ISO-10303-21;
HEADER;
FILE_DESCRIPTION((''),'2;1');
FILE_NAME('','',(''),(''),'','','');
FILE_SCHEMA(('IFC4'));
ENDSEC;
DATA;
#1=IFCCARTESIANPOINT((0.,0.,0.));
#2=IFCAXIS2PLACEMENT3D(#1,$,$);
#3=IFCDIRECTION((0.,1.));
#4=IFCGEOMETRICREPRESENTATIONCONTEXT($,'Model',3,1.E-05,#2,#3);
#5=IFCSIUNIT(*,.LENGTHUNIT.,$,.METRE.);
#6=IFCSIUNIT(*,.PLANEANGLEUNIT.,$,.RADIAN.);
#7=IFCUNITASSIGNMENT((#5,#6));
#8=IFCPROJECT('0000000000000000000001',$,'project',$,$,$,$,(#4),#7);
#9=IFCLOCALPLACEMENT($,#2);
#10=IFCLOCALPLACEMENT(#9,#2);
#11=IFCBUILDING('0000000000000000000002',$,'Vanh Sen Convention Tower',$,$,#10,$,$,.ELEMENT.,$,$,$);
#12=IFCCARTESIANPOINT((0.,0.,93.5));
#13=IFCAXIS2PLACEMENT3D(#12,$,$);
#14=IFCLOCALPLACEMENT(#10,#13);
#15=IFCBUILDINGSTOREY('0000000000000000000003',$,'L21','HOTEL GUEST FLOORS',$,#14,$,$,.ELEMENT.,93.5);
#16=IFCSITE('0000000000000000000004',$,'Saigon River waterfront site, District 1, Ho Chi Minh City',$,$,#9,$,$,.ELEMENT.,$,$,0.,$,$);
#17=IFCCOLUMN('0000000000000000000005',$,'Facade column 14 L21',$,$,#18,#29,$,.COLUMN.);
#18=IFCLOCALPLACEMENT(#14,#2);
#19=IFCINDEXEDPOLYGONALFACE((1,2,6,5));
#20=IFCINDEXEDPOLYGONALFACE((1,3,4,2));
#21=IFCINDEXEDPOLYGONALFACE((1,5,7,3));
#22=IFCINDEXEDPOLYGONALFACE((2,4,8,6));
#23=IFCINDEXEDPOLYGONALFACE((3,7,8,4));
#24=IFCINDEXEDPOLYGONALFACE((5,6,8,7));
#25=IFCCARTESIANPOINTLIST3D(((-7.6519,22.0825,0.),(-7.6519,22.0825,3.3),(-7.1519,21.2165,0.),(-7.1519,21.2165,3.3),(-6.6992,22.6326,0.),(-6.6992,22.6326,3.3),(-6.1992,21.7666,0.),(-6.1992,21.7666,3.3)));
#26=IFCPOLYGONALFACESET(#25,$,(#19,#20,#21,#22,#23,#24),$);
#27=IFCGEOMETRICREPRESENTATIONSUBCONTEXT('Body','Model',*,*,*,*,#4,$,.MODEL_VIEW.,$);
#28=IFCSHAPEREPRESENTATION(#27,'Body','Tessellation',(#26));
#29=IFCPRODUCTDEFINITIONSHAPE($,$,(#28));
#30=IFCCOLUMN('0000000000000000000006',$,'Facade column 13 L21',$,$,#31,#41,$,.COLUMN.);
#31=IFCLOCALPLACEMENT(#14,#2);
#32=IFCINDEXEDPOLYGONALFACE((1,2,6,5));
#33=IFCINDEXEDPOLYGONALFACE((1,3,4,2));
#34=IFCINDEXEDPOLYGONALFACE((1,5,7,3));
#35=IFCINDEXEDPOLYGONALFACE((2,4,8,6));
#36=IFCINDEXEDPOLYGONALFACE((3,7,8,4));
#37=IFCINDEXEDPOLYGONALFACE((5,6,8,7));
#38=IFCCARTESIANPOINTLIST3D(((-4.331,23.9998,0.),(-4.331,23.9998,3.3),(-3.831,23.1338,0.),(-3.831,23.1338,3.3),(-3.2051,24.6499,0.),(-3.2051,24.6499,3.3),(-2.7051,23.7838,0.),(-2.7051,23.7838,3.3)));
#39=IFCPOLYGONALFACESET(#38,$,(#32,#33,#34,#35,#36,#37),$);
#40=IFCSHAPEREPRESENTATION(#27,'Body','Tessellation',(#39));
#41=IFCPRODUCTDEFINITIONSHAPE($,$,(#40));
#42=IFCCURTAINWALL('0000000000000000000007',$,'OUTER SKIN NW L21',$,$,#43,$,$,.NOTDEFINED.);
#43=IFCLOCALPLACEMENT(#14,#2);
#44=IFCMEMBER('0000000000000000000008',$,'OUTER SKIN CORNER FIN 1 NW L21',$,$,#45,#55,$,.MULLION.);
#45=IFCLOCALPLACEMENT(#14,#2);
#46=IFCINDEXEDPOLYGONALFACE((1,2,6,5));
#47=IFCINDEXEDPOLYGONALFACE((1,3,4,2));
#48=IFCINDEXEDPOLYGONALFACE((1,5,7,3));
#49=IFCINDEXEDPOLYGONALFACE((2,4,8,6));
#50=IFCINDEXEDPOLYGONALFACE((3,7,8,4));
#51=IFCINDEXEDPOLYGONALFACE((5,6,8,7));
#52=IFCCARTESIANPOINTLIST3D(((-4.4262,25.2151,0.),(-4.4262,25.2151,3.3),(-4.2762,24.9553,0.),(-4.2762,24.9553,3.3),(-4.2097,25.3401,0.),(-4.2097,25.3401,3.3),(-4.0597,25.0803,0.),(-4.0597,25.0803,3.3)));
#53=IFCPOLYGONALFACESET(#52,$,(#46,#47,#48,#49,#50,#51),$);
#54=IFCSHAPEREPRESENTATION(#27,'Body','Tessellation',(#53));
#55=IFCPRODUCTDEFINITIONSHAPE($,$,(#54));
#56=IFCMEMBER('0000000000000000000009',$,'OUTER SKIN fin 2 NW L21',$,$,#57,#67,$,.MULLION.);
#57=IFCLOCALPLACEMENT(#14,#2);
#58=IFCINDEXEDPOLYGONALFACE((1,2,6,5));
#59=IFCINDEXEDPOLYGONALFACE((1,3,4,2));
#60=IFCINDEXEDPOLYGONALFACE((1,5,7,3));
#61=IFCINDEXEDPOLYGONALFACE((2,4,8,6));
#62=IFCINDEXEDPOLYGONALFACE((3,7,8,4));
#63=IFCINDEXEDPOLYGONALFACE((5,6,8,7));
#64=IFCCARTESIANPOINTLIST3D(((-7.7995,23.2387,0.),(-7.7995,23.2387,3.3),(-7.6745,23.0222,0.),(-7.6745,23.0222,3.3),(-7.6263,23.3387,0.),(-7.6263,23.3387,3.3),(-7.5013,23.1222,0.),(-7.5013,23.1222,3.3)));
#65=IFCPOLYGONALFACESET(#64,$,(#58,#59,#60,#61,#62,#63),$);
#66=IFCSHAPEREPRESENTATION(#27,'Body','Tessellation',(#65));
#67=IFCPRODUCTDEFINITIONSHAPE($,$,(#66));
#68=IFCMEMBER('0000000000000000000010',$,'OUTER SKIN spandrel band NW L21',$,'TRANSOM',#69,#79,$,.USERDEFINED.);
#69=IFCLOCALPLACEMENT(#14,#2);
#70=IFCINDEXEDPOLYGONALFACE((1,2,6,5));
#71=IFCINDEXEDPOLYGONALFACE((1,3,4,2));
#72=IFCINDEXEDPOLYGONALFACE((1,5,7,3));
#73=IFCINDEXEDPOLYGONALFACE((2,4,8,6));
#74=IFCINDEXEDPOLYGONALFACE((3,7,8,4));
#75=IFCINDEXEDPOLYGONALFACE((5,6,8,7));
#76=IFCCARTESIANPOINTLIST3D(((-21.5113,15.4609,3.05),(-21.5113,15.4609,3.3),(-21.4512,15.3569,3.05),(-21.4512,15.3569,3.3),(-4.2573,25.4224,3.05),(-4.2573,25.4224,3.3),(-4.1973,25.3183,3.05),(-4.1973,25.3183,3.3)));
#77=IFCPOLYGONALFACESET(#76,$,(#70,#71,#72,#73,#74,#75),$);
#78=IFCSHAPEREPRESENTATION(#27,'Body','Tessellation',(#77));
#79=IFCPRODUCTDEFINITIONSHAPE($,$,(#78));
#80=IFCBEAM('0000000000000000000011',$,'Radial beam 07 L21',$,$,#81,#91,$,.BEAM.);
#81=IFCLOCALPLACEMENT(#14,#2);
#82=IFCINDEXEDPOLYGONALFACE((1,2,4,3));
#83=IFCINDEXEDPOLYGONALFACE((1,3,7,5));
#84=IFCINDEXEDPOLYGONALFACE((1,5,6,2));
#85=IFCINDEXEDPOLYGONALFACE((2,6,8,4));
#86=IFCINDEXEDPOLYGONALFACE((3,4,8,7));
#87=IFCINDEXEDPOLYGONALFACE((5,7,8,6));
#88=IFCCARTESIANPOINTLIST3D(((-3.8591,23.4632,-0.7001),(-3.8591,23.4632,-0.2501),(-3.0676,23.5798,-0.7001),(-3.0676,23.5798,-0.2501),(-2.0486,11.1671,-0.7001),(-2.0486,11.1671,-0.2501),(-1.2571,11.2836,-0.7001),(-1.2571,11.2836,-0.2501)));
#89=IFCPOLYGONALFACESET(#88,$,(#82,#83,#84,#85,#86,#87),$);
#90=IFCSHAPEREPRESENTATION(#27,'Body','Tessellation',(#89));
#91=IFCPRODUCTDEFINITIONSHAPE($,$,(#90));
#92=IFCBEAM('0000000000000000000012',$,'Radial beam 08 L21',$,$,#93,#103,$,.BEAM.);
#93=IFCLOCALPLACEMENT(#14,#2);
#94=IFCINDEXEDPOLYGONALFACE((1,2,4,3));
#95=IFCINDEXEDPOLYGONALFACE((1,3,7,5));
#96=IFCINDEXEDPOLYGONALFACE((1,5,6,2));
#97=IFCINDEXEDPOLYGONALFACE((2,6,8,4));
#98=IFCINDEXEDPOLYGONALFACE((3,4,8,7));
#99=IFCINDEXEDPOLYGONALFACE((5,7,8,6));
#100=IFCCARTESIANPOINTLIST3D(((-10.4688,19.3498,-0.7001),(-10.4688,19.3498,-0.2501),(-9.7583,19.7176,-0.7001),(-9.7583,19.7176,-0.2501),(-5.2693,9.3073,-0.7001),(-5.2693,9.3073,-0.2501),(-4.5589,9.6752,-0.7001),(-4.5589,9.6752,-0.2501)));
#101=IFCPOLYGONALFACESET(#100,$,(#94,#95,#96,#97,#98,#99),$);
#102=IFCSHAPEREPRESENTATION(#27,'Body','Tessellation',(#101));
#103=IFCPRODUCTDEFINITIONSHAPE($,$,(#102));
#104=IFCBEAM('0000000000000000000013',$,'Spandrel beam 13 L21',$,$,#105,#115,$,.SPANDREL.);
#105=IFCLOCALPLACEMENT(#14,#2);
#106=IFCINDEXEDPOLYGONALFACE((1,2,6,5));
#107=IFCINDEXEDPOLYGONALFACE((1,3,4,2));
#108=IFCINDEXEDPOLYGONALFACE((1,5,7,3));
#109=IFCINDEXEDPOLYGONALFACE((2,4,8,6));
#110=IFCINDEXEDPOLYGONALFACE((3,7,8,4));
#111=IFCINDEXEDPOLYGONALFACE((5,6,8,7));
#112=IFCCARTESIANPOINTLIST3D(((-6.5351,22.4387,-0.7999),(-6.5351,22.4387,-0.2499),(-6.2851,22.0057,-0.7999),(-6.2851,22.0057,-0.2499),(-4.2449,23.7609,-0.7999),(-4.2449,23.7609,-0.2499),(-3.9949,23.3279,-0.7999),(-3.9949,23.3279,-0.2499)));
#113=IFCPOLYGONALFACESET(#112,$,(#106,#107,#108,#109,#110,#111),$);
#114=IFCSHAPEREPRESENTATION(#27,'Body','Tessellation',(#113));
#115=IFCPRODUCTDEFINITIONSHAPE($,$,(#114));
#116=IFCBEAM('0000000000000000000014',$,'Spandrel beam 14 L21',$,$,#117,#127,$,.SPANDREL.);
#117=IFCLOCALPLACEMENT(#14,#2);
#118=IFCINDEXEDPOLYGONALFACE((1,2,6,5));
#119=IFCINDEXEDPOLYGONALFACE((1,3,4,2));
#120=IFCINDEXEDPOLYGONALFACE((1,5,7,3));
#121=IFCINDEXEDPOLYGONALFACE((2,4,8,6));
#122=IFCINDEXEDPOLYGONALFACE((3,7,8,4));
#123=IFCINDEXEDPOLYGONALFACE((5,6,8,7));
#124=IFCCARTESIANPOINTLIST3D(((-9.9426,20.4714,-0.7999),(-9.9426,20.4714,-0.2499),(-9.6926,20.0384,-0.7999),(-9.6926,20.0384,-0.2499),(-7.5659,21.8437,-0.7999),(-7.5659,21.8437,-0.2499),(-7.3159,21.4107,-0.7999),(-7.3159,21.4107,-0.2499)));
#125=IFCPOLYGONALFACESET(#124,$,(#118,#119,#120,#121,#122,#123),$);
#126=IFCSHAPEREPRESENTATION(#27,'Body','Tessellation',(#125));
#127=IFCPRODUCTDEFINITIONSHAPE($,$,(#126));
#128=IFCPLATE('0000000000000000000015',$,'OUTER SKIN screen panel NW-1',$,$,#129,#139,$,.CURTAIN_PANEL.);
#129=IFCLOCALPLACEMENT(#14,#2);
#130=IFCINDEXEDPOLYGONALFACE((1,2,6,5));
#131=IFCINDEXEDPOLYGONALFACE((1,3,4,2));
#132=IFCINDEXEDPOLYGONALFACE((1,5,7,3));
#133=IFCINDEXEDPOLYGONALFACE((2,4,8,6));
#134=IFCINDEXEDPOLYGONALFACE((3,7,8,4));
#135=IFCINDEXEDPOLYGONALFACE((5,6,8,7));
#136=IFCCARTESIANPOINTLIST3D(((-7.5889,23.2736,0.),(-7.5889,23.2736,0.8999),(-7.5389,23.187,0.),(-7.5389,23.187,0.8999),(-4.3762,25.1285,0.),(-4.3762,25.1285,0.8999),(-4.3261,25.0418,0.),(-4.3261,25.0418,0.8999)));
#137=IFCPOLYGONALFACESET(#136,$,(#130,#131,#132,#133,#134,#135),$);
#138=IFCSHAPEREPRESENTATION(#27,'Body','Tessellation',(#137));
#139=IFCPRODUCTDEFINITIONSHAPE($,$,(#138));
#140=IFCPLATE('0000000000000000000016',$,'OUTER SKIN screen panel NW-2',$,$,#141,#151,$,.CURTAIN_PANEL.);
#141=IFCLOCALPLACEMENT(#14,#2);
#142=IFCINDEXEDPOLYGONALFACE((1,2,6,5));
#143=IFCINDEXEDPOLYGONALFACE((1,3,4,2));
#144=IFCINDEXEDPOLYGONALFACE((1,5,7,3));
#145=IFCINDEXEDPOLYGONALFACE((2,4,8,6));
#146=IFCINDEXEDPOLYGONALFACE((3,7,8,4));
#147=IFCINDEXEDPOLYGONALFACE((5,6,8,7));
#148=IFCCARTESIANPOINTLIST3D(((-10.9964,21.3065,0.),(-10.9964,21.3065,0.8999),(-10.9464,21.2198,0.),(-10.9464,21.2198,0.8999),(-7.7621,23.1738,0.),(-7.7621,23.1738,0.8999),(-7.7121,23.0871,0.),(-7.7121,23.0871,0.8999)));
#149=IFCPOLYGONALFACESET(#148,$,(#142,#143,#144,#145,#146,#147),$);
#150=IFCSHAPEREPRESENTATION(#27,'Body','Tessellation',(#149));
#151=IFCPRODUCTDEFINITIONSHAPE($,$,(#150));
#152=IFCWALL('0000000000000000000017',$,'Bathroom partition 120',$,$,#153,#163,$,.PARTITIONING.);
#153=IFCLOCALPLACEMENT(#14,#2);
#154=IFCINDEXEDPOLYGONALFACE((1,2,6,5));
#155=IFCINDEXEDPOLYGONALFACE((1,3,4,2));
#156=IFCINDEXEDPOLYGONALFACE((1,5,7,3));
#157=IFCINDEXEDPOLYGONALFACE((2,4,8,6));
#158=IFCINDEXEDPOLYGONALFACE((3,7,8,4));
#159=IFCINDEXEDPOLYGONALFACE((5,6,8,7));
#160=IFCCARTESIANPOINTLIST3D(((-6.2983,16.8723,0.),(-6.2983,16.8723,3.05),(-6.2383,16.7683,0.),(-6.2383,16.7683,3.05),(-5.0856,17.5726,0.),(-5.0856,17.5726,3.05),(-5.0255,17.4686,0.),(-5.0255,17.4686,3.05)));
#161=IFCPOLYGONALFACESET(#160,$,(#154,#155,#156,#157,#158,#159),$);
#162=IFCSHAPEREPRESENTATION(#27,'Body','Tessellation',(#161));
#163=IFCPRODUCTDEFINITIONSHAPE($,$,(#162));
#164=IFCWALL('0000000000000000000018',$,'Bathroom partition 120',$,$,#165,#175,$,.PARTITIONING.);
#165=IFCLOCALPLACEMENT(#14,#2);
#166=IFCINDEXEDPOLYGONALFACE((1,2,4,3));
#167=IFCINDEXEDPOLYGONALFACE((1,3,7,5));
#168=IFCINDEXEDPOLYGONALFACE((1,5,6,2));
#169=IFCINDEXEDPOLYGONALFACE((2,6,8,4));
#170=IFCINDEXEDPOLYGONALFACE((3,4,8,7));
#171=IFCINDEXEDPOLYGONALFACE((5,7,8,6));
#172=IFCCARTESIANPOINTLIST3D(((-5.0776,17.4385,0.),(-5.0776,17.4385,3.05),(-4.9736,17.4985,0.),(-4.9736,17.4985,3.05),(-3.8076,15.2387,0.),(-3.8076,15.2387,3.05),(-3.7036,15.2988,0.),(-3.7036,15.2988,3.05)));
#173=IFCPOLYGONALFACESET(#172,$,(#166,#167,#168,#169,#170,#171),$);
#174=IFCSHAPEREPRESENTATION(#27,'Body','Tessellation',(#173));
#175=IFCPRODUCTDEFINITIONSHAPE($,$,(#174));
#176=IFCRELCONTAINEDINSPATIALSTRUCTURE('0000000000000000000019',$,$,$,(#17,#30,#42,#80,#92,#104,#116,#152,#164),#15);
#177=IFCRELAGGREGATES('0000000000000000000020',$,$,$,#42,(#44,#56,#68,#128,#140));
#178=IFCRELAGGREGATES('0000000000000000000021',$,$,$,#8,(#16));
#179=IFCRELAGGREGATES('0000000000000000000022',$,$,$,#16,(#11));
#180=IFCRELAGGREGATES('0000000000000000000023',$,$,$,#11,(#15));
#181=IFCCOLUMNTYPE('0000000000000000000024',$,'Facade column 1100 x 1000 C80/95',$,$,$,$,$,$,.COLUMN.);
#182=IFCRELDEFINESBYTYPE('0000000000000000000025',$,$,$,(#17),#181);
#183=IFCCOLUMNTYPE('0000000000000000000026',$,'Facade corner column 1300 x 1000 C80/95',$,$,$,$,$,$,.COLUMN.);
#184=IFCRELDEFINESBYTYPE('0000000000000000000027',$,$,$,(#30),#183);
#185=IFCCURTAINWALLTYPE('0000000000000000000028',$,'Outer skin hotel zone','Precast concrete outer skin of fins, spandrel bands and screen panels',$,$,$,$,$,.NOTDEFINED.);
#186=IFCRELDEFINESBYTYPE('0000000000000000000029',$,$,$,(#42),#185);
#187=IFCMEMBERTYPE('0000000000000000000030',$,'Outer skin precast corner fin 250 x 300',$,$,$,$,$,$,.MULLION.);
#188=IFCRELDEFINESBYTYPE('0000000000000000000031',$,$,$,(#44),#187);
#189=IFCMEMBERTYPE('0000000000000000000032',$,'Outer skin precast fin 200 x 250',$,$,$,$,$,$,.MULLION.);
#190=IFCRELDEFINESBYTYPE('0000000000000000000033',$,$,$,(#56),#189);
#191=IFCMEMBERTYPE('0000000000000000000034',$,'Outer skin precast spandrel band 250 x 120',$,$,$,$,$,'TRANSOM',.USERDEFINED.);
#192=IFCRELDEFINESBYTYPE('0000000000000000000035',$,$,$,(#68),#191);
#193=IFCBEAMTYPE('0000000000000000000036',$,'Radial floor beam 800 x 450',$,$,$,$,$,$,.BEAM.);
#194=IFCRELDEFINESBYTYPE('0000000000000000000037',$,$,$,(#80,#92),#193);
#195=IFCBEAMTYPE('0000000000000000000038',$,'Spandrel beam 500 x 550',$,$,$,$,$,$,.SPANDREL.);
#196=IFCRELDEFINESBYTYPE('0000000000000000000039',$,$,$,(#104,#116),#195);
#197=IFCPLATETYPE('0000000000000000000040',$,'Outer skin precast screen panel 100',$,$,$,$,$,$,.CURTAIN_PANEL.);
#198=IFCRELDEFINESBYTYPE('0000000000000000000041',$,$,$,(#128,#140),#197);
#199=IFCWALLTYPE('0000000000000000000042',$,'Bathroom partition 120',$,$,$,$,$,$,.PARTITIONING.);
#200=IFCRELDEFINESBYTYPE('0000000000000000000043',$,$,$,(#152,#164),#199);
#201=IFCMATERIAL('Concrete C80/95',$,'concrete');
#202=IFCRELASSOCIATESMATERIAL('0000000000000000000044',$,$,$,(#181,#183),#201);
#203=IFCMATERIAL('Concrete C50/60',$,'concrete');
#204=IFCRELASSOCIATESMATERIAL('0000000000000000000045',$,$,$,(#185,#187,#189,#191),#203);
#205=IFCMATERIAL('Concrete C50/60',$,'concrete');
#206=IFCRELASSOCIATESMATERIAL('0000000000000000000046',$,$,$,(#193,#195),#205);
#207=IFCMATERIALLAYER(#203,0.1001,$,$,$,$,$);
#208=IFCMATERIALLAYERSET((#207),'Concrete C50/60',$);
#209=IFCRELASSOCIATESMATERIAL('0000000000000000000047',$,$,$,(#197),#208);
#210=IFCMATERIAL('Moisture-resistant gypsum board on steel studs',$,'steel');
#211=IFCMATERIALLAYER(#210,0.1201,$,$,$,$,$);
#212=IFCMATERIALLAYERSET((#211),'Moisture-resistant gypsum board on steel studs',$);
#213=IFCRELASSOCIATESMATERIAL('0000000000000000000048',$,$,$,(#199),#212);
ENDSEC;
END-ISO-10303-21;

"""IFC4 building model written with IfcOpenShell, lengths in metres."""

from ifc_helpers import new_model, si_unit, direction, frame, frame_2d, origin, origin_2d, place, context, subcontext, project, spatial, rectangle, extrude, material, layer, layer_set, material_profile, profile_set, type_object, element, aggregate, save


model = new_model("IFC4")

# Units and contexts
model_context = context("Model", 3, precision=1e-05, world=origin(), true_north=direction((0.0, 1.0)))
body_context = subcontext(model_context, "Body", "Model", "MODEL_VIEW")
ifc_project = project(units=[si_unit("LENGTHUNIT", "METRE"), si_unit("PLANEANGLEUNIT", "RADIAN")], contexts=[model_context])

# Site, building, storey
site_placement = place(None, origin())
site = spatial("IfcSite", under=ifc_project, at=site_placement, Name="Saigon River waterfront site, District 1, Ho Chi Minh City", CompositionType="ELEMENT", RefElevation=0.0)
building_placement = place(site_placement, origin())
building = spatial("IfcBuilding", under=site, at=building_placement, Name="Vanh Sen Convention Tower", CompositionType="ELEMENT")
storey_placement = place(building_placement, frame((0.0, 0.0, 93.5)))
storey = spatial("IfcBuildingStorey", under=building, at=storey_placement, Name="L21", Description="HOTEL GUEST FLOORS", CompositionType="ELEMENT", Elevation=93.5)

# Columns
ifc_material_1 = material(Name="Concrete C80/95", Category="concrete")
ifc_material_profile_1 = material_profile(ifc_material_1, rectangle(XDim=1.1001, YDim=1.0, at=origin_2d()), Name="RC 1100X1000")
ifc_profile_set_1 = profile_set([ifc_material_profile_1], Name="Concrete C80/95")
column_type_1 = type_object("IfcColumnType", Name="Facade column 1100 x 1000 C80/95", PredefinedType="COLUMN", material=ifc_profile_set_1)
column_1_placement = place(storey_placement, frame((-6.9255, 21.9246, 0.0), z_axis=(0.0, 0.0, 1.0), x_axis=(-0.866025, -0.5, 0.0)))
element("IfcColumn", 1, at=column_1_placement, inside=storey, type_object=column_type_1, Name="Facade column 14 L21", PredefinedType="COLUMN", context=body_context, shape_type="SweptSolid", body=[
    extrude(rectangle(XDim=1.1001, YDim=1.0, at=origin_2d()), origin(), (0.0, 0.0, 1.0), 3.3),
])
ifc_material_profile_2 = material_profile(ifc_material_1, rectangle(XDim=1.3, YDim=1.0, at=origin_2d()), Name="RC 1300X1000")
ifc_profile_set_2 = profile_set([ifc_material_profile_2], Name="Concrete C80/95")
column_type_2 = type_object("IfcColumnType", Name="Facade corner column 1300 x 1000 C80/95", PredefinedType="COLUMN", material=ifc_profile_set_2)
column_2_placement = place(storey_placement, frame((-3.5181, 23.8918, 0.0), z_axis=(0.0, 0.0, 1.0), x_axis=(-0.866025, -0.5, 0.0)))
element("IfcColumn", 2, at=column_2_placement, inside=storey, type_object=column_type_2, Name="Facade column 13 L21", PredefinedType="COLUMN", context=body_context, shape_type="SweptSolid", body=[
    extrude(rectangle(XDim=1.3, YDim=1.0, at=origin_2d()), origin(), (0.0, 0.0, 1.0), 3.3),
])

# Curtain wall, members
ifc_material_2 = material(Name="Concrete C50/60", Category="concrete")
curtain_wall_type = type_object("IfcCurtainWallType", Name="Outer skin hotel zone", Description="Precast concrete outer skin of fins, spandrel bands and screen panels", PredefinedType="NOTDEFINED", material=ifc_material_2)
curtain_wall_placement = place(storey_placement, origin())
curtain_wall = element("IfcCurtainWall", 3, at=curtain_wall_placement, inside=storey, type_object=curtain_wall_type, Name="OUTER SKIN NW L21", PredefinedType="NOTDEFINED")
ifc_material_profile_3 = material_profile(ifc_material_2, rectangle(XDim=0.25, YDim=0.3, at=origin_2d()), Name="Outer skin precast corner fin 250 x 300")
ifc_profile_set_3 = profile_set([ifc_material_profile_3], Name="Concrete C50/60")
member_type_1 = type_object("IfcMemberType", Name="Outer skin precast corner fin 250 x 300", PredefinedType="MULLION", material=ifc_profile_set_3)
member_1_placement = place(storey_placement, frame((-4.2429, 25.1477, 0.0), z_axis=(0.0, 0.0, 1.0), x_axis=(-0.866025, -0.5, 0.0)))
member_1 = element("IfcMember", 4, at=member_1_placement, type_object=member_type_1, Name="OUTER SKIN CORNER FIN 1 NW L21", PredefinedType="MULLION", context=body_context, shape_type="SweptSolid", body=[
    extrude(rectangle(XDim=0.25, YDim=0.3, at=origin_2d()), origin(), (0.0, 0.0, 1.0), 3.3),
])
ifc_material_profile_4 = material_profile(ifc_material_2, rectangle(XDim=0.2, YDim=0.25, at=origin_2d()), Name="Outer skin precast fin 200 x 250")
ifc_profile_set_4 = profile_set([ifc_material_profile_4], Name="Concrete C50/60")
member_type_2 = type_object("IfcMemberType", Name="Outer skin precast fin 200 x 250", PredefinedType="MULLION", material=ifc_profile_set_4)
member_2_placement = place(storey_placement, frame((-7.6504, 23.1804, 0.0), z_axis=(0.0, 0.0, 1.0), x_axis=(-0.866025, -0.5, 0.0)))
member_2 = element("IfcMember", 5, at=member_2_placement, type_object=member_type_2, Name="OUTER SKIN fin 2 NW L21", PredefinedType="MULLION", context=body_context, shape_type="SweptSolid", body=[
    extrude(rectangle(XDim=0.2, YDim=0.25, at=origin_2d()), origin(), (0.0, 0.0, 1.0), 3.3),
])
ifc_material_profile_5 = material_profile(ifc_material_2, rectangle(XDim=0.1201, YDim=0.25, at=origin_2d()), Name="Outer skin precast spandrel band 250 x 120")
ifc_profile_set_5 = profile_set([ifc_material_profile_5], Name="Concrete C50/60")
member_type_3 = type_object("IfcMemberType", Name="Outer skin precast spandrel band 250 x 120", ElementType="TRANSOM", PredefinedType="USERDEFINED", material=ifc_profile_set_5)
member_3_placement = place(storey_placement, frame((-4.2273, 25.3704, 3.175), z_axis=(-0.866028, -0.499995, 0.0), x_axis=(0.499995, -0.866028, 0.0)))
member_3 = element("IfcMember", 6, at=member_3_placement, type_object=member_type_3, Name="OUTER SKIN spandrel band NW L21", ObjectType="TRANSOM", PredefinedType="USERDEFINED", context=body_context, shape_type="SweptSolid", body=[
    extrude(rectangle(XDim=0.1201, YDim=0.25, at=origin_2d()), origin(), (0.0, 0.0, 1.0), 19.9231),
])

# Beams
ifc_material_3 = material(Name="Concrete C50/60", Category="concrete")
ifc_material_profile_6 = material_profile(ifc_material_3, rectangle(XDim=0.8, YDim=0.45, at=origin_2d()), Name="RC 800X450")
ifc_profile_set_6 = profile_set([ifc_material_profile_6], Name="Concrete C50/60")
beam_type_1 = type_object("IfcBeamType", Name="Radial floor beam 800 x 450", PredefinedType="BEAM", material=ifc_profile_set_6)
beam_1_placement = place(storey_placement, frame((-3.4634, 23.5215, -0.4751), z_axis=(0.145674, -0.989333, 0.0), x_axis=(0.989333, 0.145674, 0.0)))
element("IfcBeam", 7, at=beam_1_placement, inside=storey, type_object=beam_type_1, Name="Radial beam 07 L21", PredefinedType="BEAM", context=body_context, shape_type="SweptSolid", body=[
    extrude(rectangle(XDim=0.8, YDim=0.45, at=origin_2d()), origin(), (0.0, 0.0, 1.0), 12.4287),
])
beam_2_placement = place(storey_placement, frame((-10.1135, 19.5337, -0.4751), z_axis=(0.459777, -0.888034, 0.0), x_axis=(0.888034, 0.459777, 0.0)))
element("IfcBeam", 8, at=beam_2_placement, inside=storey, type_object=beam_type_1, Name="Radial beam 08 L21", PredefinedType="BEAM", context=body_context, shape_type="SweptSolid", body=[
    extrude(rectangle(XDim=0.8, YDim=0.45, at=origin_2d()), origin(), (0.0, 0.0, 1.0), 11.3086),
])
ifc_material_profile_7 = material_profile(ifc_material_3, rectangle(XDim=0.5, YDim=0.55, at=origin_2d()), Name="RC 500X550")
ifc_profile_set_7 = profile_set([ifc_material_profile_7], Name="Concrete C50/60")
beam_type_2 = type_object("IfcBeamType", Name="Spandrel beam 500 x 550", PredefinedType="SPANDREL", material=ifc_profile_set_7)
beam_3_placement = place(storey_placement, frame((-4.1199, 23.5444, -0.5249), z_axis=(-0.86603, -0.499991, 0.0), x_axis=(0.499991, -0.86603, 0.0)))
element("IfcBeam", 9, at=beam_3_placement, inside=storey, type_object=beam_type_2, Name="Spandrel beam 13 L21", PredefinedType="SPANDREL", context=body_context, shape_type="SweptSolid", body=[
    extrude(rectangle(XDim=0.5, YDim=0.55, at=origin_2d()), origin(), (0.0, 0.0, 1.0), 2.6445),
])
beam_4_placement = place(storey_placement, frame((-7.4409, 21.6272, -0.5249), z_axis=(-0.866006, -0.500033, 0.0), x_axis=(0.500033, -0.866006, 0.0)))
element("IfcBeam", 10, at=beam_4_placement, inside=storey, type_object=beam_type_2, Name="Spandrel beam 14 L21", PredefinedType="SPANDREL", context=body_context, shape_type="SweptSolid", body=[
    extrude(rectangle(XDim=0.5, YDim=0.55, at=origin_2d()), origin(), (0.0, 0.0, 1.0), 2.7444),
])

# Plates
ifc_layer_1 = layer(ifc_material_2, 0.1001)
ifc_layer_set_1 = layer_set([ifc_layer_1], Name="Concrete C50/60")
plate_type = type_object("IfcPlateType", Name="Outer skin precast screen panel 100", PredefinedType="CURTAIN_PANEL", material=ifc_layer_set_1)
plate_1_placement = place(storey_placement, frame((-5.9575, 24.1577, 0.0), z_axis=(0.0, 0.0, 1.0), x_axis=(-0.866028, -0.499995, 0.0)))
plate_1 = element("IfcPlate", 11, at=plate_1_placement, type_object=plate_type, Name="OUTER SKIN screen panel NW-1", PredefinedType="CURTAIN_PANEL", context=body_context, shape_type="SweptSolid", body=[
    extrude(rectangle(XDim=3.7097, YDim=0.1001, at=origin_2d()), origin(), (0.0, 0.0, 1.0), 0.8999),
])
plate_2_placement = place(storey_placement, frame((-9.3542, 22.1968, 0.0), z_axis=(0.0, 0.0, 1.0), x_axis=(-0.866021, -0.500008, 0.0)))
plate_2 = element("IfcPlate", 12, at=plate_2_placement, type_object=plate_type, Name="OUTER SKIN screen panel NW-2", PredefinedType="CURTAIN_PANEL", context=body_context, shape_type="SweptSolid", body=[
    extrude(rectangle(XDim=3.7346, YDim=0.1001, at=origin_2d()), origin(), (0.0, 0.0, 1.0), 0.8999),
])
aggregate(curtain_wall, [member_1, member_2, member_3, plate_1, plate_2])

# Walls
ifc_material_4 = material(Name="Moisture-resistant gypsum board on steel studs", Category="steel")
ifc_layer_2 = layer(ifc_material_4, 0.1201)
ifc_layer_set_2 = layer_set([ifc_layer_2], Name="Moisture-resistant gypsum board on steel studs")
wall_type_1 = type_object("IfcWallType", Name="Bathroom partition 120", PredefinedType="PARTITIONING", material=ifc_layer_set_2)
wall_1_placement = place(storey_placement, frame((-6.2683, 16.8203, 0.0), z_axis=(0.0, 0.0, 1.0), x_axis=(0.866003, 0.500039, 0.0)))
element("IfcWall", 13, at=wall_1_placement, inside=storey, type_object=wall_type_1, Name="Bathroom partition 120", PredefinedType="PARTITIONING", context=body_context, shape_type="SweptSolid", body=[
    extrude(rectangle(XDim=1.4004, YDim=0.1201, at=frame_2d((0.7002, 0.0))), origin(), (0.0, 0.0, 1.0), 3.05),
])
wall_2_placement = place(storey_placement, frame((-5.0256, 17.4685, 0.0), z_axis=(0.0, 0.0, 1.0), x_axis=(0.500005, -0.866022, 0.0)))
element("IfcWall", 14, at=wall_2_placement, inside=storey, type_object=wall_type_1, Name="Bathroom partition 120", PredefinedType="PARTITIONING", context=body_context, shape_type="SweptSolid", body=[
    extrude(rectangle(XDim=2.54, YDim=0.1201, at=frame_2d((1.27, 0.0))), origin(), (0.0, 0.0, 1.0), 3.05),
])

save(model, "model.ifc")
